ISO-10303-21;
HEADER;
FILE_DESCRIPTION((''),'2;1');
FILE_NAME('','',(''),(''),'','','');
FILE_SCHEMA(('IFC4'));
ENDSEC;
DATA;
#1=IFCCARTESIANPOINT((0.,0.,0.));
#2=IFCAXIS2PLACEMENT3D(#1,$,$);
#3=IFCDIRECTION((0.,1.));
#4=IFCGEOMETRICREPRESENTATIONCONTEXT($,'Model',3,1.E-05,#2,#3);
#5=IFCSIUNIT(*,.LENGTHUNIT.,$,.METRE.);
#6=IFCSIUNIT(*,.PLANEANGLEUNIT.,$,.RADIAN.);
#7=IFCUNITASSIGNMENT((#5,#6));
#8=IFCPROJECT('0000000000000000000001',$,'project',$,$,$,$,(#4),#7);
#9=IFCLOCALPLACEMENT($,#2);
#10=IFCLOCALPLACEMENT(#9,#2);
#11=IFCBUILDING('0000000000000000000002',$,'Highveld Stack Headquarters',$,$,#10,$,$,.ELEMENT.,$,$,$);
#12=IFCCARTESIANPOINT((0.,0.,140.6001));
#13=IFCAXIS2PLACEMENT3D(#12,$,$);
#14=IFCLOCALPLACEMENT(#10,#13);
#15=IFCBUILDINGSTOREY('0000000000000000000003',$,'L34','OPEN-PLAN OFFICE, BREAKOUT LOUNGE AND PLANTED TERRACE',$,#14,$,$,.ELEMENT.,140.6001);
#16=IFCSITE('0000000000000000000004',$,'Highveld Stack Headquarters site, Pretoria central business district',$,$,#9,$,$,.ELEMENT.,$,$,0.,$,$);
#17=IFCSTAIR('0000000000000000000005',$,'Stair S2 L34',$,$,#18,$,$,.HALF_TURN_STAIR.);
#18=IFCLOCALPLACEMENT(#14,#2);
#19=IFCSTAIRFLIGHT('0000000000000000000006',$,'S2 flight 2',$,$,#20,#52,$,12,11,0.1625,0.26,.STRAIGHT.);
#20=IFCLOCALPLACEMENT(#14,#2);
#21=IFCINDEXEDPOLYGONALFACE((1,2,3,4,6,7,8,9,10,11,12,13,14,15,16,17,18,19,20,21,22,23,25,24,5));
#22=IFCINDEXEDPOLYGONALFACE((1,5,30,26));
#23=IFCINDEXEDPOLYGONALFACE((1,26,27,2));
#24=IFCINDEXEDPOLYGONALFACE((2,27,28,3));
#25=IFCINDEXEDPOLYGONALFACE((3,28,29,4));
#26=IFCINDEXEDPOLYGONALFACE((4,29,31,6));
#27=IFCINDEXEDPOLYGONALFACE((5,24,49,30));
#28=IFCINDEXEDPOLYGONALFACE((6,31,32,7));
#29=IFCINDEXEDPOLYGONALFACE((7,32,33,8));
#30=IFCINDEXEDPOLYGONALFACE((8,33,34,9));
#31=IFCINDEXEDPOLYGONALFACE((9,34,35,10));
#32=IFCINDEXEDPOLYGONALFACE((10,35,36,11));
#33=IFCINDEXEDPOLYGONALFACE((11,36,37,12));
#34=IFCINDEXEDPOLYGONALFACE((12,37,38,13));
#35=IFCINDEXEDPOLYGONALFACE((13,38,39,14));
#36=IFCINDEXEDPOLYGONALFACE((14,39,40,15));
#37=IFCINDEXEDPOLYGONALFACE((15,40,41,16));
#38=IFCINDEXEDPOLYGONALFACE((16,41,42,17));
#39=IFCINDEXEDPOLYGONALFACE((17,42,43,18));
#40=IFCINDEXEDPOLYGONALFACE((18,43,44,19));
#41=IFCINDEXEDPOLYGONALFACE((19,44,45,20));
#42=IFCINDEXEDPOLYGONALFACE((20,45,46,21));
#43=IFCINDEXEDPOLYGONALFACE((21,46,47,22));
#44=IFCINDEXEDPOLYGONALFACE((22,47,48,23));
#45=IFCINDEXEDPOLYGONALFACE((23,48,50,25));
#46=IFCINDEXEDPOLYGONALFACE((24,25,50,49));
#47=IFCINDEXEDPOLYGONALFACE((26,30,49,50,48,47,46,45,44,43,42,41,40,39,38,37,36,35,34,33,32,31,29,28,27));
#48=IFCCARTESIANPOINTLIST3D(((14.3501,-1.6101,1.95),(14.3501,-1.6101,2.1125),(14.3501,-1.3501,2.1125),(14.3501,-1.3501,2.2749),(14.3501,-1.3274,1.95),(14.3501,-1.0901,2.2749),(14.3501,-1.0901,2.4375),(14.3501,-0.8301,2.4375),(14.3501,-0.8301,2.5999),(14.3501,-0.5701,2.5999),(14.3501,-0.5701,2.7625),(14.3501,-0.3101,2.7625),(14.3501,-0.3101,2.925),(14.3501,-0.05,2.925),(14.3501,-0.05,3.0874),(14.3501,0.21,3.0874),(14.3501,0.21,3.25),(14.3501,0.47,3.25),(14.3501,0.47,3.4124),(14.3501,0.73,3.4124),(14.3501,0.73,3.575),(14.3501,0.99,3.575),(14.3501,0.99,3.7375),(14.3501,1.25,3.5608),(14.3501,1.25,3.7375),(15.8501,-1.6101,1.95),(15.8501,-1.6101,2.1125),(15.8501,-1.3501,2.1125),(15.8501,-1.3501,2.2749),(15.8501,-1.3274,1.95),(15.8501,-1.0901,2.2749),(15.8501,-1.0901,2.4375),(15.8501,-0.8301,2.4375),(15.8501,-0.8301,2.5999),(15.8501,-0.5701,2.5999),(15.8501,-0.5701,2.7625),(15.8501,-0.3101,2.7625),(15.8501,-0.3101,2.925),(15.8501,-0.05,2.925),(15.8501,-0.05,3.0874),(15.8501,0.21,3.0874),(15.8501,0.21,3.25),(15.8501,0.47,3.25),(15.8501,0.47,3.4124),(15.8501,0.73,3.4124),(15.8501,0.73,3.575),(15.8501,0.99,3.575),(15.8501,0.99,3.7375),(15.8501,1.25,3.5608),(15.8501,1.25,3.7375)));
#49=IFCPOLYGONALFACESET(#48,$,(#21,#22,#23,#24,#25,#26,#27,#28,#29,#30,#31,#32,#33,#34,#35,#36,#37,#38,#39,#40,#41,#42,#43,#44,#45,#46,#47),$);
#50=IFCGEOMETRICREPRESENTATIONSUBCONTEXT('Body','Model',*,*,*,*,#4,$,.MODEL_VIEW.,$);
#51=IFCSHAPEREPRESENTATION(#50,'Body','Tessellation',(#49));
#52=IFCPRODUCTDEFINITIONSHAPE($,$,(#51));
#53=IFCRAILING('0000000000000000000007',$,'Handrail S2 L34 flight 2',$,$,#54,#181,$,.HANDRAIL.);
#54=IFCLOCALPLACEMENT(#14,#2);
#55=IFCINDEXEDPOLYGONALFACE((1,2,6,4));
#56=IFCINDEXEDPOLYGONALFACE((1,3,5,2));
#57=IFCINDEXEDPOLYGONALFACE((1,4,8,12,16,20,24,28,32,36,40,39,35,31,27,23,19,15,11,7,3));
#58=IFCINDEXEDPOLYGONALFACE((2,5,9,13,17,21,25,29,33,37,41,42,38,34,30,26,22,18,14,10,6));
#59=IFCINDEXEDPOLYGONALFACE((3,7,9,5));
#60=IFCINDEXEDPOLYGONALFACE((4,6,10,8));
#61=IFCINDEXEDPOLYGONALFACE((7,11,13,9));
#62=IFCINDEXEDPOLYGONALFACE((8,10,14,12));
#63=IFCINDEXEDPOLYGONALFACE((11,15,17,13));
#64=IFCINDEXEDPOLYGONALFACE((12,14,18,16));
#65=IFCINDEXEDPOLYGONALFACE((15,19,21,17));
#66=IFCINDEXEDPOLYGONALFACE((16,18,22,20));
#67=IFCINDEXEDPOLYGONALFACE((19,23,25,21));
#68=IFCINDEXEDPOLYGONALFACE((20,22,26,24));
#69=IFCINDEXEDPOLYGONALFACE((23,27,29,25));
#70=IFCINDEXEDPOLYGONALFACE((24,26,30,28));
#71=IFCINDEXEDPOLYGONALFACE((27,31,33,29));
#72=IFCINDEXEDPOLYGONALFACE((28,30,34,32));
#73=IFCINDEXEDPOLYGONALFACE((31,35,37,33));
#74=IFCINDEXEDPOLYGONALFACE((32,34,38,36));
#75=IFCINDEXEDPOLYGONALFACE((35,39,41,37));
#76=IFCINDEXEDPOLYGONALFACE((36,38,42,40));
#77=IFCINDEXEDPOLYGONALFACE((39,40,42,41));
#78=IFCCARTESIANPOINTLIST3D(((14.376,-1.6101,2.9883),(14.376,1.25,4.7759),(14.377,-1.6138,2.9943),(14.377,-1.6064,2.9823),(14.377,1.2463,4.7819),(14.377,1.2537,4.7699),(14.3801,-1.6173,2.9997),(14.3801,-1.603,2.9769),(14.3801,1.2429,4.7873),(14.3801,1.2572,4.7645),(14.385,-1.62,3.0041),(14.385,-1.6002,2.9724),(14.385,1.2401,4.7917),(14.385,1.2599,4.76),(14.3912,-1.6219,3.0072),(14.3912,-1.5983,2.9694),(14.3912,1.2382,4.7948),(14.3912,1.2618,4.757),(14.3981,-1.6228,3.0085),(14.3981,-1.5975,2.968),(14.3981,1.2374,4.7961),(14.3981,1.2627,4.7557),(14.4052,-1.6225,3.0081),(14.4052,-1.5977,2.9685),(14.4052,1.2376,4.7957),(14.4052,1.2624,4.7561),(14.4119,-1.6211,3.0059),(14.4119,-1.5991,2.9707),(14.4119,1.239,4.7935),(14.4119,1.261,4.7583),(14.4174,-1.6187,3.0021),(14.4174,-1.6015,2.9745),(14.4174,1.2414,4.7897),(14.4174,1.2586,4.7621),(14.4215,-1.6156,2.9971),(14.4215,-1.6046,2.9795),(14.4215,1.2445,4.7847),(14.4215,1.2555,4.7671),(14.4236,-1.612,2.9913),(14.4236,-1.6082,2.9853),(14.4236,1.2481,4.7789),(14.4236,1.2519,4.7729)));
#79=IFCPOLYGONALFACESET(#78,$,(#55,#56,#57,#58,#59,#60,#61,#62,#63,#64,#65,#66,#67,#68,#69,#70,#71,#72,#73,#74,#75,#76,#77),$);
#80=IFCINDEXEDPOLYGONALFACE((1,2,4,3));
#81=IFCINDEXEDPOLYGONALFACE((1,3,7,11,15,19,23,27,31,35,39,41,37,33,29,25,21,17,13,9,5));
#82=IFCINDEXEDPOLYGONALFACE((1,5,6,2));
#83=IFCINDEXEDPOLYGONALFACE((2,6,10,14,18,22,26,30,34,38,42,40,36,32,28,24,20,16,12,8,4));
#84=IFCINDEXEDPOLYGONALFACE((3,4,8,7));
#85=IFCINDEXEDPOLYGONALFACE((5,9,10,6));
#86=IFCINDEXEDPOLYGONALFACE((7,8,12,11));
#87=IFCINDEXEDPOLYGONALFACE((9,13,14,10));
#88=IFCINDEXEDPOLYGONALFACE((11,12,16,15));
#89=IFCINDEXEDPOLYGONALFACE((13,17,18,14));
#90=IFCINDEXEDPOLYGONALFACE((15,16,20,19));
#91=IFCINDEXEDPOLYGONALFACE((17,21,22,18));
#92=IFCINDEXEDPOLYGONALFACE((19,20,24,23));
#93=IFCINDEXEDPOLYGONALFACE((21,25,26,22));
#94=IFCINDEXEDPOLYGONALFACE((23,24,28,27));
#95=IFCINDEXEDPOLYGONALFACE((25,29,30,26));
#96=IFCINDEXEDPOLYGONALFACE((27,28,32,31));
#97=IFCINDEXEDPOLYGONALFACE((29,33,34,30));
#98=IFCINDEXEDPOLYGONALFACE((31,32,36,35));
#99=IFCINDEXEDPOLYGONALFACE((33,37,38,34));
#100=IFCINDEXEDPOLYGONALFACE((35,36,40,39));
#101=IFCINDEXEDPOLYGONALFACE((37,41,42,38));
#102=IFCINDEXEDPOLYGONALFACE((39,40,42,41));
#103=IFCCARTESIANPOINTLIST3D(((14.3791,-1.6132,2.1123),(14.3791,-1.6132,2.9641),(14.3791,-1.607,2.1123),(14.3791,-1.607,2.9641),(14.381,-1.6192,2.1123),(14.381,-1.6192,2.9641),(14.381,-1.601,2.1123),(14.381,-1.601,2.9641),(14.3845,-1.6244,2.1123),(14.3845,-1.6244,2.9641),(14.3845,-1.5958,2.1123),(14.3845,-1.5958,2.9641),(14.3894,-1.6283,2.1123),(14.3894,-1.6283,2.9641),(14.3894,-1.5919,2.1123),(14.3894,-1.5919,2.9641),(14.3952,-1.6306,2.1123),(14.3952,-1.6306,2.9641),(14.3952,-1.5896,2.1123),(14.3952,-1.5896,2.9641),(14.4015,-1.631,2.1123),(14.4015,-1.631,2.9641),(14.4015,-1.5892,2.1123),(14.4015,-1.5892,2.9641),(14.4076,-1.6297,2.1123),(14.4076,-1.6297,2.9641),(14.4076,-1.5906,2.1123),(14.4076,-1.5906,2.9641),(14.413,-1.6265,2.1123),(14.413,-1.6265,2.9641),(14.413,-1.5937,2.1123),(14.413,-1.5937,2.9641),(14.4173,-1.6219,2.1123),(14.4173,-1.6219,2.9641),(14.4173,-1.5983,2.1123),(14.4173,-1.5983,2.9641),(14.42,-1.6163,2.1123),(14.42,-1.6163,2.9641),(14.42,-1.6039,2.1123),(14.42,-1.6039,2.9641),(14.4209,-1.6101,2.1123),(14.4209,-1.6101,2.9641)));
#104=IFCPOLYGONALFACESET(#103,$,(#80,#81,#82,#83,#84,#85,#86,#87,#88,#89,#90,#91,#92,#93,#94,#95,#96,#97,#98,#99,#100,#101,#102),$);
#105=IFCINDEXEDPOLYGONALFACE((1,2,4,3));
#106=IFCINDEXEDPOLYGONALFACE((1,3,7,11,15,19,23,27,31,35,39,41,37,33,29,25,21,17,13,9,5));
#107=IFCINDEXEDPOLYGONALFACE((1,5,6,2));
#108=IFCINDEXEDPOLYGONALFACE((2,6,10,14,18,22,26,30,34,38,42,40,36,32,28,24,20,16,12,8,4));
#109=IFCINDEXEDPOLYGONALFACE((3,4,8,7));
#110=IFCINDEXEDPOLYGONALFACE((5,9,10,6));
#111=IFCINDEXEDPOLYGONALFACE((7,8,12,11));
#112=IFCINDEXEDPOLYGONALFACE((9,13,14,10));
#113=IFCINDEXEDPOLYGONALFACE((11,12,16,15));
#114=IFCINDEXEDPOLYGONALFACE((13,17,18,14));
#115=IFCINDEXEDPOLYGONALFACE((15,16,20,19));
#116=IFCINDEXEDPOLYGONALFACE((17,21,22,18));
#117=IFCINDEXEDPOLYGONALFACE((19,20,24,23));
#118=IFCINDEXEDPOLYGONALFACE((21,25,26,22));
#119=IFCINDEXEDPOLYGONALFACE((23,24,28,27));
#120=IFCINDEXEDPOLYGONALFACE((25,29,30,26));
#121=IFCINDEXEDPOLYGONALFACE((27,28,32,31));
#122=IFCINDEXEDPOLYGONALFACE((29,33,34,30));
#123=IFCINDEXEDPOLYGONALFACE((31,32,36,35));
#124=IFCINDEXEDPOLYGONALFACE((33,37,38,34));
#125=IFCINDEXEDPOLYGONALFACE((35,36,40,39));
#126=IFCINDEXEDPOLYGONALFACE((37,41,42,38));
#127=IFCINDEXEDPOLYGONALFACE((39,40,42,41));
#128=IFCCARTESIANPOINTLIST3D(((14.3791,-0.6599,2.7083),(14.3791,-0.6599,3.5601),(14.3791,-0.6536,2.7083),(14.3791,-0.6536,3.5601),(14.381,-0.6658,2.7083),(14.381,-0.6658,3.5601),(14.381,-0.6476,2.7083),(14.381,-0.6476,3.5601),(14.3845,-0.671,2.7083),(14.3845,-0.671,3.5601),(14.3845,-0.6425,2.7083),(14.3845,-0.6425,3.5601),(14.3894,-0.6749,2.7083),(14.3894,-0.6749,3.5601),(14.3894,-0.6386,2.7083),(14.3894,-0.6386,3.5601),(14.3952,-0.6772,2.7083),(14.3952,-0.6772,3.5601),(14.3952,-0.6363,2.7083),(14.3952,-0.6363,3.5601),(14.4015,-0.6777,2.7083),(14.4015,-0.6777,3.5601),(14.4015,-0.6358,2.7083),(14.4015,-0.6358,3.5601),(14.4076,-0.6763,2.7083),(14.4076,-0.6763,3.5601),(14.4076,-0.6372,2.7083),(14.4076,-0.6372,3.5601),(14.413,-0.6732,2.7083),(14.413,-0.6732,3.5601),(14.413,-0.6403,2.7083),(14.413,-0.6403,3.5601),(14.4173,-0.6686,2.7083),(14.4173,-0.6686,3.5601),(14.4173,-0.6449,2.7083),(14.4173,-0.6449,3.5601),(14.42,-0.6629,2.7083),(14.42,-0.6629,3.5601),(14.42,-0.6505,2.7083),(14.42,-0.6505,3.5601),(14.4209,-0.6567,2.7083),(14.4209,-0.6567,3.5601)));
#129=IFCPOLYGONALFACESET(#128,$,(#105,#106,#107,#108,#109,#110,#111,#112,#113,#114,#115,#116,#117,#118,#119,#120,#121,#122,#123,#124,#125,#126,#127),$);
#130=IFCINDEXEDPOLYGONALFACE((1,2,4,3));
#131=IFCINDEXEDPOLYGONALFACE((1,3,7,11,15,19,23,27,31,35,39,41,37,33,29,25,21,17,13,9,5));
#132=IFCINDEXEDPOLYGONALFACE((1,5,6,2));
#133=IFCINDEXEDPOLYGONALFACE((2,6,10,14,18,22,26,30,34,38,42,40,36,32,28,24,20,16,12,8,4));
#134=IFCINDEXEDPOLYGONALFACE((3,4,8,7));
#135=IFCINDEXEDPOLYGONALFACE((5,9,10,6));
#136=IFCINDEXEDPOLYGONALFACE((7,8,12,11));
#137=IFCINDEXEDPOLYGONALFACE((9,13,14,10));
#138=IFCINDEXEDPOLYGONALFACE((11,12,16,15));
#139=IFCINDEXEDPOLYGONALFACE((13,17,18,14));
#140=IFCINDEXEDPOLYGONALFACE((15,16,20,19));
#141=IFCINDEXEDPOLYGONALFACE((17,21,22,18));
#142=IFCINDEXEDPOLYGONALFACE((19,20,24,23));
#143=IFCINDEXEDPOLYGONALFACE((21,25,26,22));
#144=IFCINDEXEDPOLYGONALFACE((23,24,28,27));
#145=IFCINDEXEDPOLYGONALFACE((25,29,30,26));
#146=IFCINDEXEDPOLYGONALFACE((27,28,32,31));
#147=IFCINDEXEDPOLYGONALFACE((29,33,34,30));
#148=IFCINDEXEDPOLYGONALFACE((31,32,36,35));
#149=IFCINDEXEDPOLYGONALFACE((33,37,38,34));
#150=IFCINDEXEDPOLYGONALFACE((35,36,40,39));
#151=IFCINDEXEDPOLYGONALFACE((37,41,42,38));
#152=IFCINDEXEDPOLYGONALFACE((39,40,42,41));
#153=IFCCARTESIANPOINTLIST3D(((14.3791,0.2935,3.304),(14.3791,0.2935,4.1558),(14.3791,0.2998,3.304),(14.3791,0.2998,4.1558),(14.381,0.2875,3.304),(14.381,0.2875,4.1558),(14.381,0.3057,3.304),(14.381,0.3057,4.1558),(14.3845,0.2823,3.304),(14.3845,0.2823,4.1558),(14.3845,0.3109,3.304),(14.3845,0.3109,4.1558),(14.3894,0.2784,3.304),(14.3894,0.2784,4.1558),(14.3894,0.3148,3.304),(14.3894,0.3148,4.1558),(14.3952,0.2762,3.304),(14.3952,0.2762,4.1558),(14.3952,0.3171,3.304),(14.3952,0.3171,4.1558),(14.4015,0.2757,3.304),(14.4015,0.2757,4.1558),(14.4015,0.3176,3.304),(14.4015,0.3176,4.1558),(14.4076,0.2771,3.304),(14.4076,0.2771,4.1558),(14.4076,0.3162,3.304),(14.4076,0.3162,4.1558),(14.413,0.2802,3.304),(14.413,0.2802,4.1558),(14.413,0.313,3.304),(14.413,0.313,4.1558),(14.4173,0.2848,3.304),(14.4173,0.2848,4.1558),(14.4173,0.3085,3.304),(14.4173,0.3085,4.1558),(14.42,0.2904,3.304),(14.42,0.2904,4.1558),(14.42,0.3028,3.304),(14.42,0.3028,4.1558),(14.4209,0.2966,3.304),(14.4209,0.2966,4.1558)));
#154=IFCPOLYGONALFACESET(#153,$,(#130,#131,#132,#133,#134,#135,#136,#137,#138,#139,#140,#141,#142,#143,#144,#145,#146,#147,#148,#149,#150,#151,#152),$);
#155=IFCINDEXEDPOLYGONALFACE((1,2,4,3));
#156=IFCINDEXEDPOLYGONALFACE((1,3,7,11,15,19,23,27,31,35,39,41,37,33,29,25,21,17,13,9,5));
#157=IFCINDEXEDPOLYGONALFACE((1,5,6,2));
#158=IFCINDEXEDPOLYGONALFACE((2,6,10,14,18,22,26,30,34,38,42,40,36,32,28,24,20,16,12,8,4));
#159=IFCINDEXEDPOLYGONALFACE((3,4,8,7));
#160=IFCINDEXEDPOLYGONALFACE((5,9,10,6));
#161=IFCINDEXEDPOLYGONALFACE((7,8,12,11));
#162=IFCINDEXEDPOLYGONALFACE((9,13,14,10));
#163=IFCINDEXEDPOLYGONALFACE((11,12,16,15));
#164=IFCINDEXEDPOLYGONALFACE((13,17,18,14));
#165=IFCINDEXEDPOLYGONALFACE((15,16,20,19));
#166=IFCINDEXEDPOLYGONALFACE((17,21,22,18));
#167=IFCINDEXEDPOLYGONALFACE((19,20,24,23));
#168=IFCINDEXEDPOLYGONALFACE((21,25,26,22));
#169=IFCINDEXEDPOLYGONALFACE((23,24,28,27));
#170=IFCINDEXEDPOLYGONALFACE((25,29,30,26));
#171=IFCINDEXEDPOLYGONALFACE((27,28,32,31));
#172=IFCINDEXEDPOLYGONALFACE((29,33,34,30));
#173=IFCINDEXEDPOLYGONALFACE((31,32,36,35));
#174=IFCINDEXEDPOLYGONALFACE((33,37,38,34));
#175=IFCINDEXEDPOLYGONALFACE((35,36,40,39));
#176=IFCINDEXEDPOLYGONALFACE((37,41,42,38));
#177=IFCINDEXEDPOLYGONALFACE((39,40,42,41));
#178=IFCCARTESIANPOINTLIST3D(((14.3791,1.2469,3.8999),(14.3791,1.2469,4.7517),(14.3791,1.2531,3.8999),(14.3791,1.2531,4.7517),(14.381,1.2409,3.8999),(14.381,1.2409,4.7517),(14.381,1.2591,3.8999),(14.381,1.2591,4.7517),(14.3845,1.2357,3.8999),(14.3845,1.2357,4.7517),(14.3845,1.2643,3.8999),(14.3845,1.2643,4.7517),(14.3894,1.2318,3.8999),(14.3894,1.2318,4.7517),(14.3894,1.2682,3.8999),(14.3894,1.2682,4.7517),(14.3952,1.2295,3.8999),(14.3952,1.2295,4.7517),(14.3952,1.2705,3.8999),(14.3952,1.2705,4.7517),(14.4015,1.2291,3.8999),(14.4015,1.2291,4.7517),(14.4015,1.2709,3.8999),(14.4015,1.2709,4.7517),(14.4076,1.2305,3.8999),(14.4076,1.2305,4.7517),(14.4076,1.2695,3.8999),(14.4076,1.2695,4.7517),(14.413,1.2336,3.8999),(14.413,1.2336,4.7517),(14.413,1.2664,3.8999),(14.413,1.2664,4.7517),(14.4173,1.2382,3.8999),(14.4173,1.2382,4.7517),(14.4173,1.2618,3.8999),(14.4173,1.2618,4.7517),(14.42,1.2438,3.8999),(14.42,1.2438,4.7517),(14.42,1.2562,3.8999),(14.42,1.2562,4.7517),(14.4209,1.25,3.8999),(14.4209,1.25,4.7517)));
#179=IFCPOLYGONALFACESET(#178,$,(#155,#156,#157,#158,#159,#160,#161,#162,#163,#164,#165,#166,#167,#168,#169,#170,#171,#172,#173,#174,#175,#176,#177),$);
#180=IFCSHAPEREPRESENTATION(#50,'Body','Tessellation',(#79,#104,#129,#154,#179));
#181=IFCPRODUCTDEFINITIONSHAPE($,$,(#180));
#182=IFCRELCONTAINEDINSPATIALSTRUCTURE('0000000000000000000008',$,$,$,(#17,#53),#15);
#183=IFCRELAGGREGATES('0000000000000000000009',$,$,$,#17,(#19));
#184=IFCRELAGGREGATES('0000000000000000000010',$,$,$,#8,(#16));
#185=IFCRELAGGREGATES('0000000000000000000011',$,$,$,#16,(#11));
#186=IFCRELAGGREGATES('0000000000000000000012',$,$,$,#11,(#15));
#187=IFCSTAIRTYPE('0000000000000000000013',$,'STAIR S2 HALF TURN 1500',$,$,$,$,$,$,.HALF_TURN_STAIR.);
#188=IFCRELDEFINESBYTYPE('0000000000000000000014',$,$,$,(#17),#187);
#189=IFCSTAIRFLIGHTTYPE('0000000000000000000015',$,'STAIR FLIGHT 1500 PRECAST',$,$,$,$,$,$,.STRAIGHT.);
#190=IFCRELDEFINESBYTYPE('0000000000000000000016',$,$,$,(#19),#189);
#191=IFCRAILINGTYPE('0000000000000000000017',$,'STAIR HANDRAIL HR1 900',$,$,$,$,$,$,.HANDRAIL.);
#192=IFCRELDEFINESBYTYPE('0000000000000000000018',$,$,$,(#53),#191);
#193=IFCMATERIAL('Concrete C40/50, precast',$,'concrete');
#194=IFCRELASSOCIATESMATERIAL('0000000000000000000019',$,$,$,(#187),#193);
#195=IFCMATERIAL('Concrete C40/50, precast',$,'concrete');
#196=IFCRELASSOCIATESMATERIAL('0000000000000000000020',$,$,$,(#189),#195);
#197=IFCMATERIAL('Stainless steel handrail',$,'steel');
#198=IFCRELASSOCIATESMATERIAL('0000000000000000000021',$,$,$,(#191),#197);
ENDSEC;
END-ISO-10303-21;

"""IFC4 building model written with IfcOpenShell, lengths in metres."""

from ifc_helpers import new_model, si_unit, direction, frame, origin, origin_2d, place, context, subcontext, project, spatial, polyline, circle, outline, extrude, material, type_object, element, aggregate, save


model = new_model("IFC4")

# Units and contexts
model_context = context("Model", 3, precision=1e-05, world=origin(), true_north=direction((0.0, 1.0)))
body_context = subcontext(model_context, "Body", "Model", "MODEL_VIEW")
ifc_project = project(units=[si_unit("LENGTHUNIT", "METRE"), si_unit("PLANEANGLEUNIT", "RADIAN")], contexts=[model_context])

# Site, building, storey
site_placement = place(None, origin())
site = spatial("IfcSite", under=ifc_project, at=site_placement, Name="Highveld Stack Headquarters site, Pretoria central business district", CompositionType="ELEMENT", RefElevation=0.0)
building_placement = place(site_placement, origin())
building = spatial("IfcBuilding", under=site, at=building_placement, Name="Highveld Stack Headquarters", CompositionType="ELEMENT")
storey_placement = place(building_placement, frame((0.0, 0.0, 140.6001)))
storey = spatial("IfcBuildingStorey", under=building, at=storey_placement, Name="L34", Description="OPEN-PLAN OFFICE, BREAKOUT LOUNGE AND PLANTED TERRACE", CompositionType="ELEMENT", Elevation=140.6001)

# Stair, stair flight
ifc_material_1 = material(Name="Concrete C40/50, precast", Category="concrete")
stair_type = type_object("IfcStairType", Name="STAIR S2 HALF TURN 1500", PredefinedType="HALF_TURN_STAIR", material=ifc_material_1)
stair_placement = place(storey_placement, origin())
stair = element("IfcStair", 1, at=stair_placement, inside=storey, type_object=stair_type, Name="Stair S2 L34", PredefinedType="HALF_TURN_STAIR")
ifc_material_2 = material(Name="Concrete C40/50, precast", Category="concrete")
stair_flight_type = type_object("IfcStairFlightType", Name="STAIR FLIGHT 1500 PRECAST", PredefinedType="STRAIGHT", material=ifc_material_2)
stair_flight_placement = place(storey_placement, frame((15.1001, -1.6101, 1.95), z_axis=(0.0, 0.0, 1.0), x_axis=(0.0, 1.0, 0.0)))
stair_flight = element("IfcStairFlight", 2, at=stair_flight_placement, type_object=stair_flight_type, Name="S2 flight 2", NumberOfRisers=12, NumberOfTreads=11, PredefinedType="STRAIGHT", RiserHeight=0.1625, TreadLength=0.26, context=body_context, shape_type="SweptSolid", body=[
    extrude(outline(polyline([(0.0, 0.0), (0.0, 0.1626), (0.26, 0.1626), (0.26, 0.325), (0.52, 0.325), (0.52, 0.4875), (0.78, 0.4875), (0.78, 0.6499), (1.04, 0.6499), (1.04, 0.8125), (1.3, 0.8125), (1.3, 0.9751), (1.5601, 0.9751), (1.5601, 1.1375), (1.8201, 1.1375), (1.8201, 1.3), (2.0801, 1.3), (2.0801, 1.4624), (2.3401, 1.4624), (2.3401, 1.625), (2.6001, 1.625), (2.6001, 1.7876), (2.8601, 1.7876), (2.8601, 1.95), (2.8601, 1.6108), (0.2827, 0.0), (0.0, 0.0)])), frame((0.0, 0.75, 0.0), z_axis=(0.0, -1.0, 0.0), x_axis=(1.0, 0.0, 0.0)), (0.0, 0.0, 1.0), 1.5),
])
aggregate(stair, [stair_flight])

# Railing
ifc_material_3 = material(Name="Stainless steel handrail", Category="steel")
railing_type = type_object("IfcRailingType", Name="STAIR HANDRAIL HR1 900", PredefinedType="HANDRAIL", material=ifc_material_3)
for number, where, name in (
    (3, (14.3999, -1.6101, 2.1123), "Handrail S2 L34 flight 2"),
):
    element("IfcRailing", number, at=place(storey_placement, frame(where)), inside=storey, type_object=railing_type, Name=name, PredefinedType="HANDRAIL", context=body_context, shape_type="SweptSolid", body=[
        extrude(circle(Radius=0.0239, at=origin_2d()), frame((0.0, 0.0, 0.876), z_axis=(0.0, 0.847994, 0.530005), x_axis=(-1.0, 0.0, 0.0)), (0.0, 0.0, 1.0), 3.3728),
        extrude(circle(Radius=0.021, at=origin_2d()), origin(), (0.0, 0.0, 1.0), 0.8518),
        extrude(circle(Radius=0.021, at=origin_2d()), frame((0.0, 0.9534, 0.5959)), (0.0, 0.0, 1.0), 0.8518),
        extrude(circle(Radius=0.021, at=origin_2d()), frame((0.0, 1.9067, 1.1917)), (0.0, 0.0, 1.0), 0.8518),
        extrude(circle(Radius=0.021, at=origin_2d()), frame((0.0, 2.8601, 1.7876)), (0.0, 0.0, 1.0), 0.8518),
    ])

save(model, "model.ifc")
